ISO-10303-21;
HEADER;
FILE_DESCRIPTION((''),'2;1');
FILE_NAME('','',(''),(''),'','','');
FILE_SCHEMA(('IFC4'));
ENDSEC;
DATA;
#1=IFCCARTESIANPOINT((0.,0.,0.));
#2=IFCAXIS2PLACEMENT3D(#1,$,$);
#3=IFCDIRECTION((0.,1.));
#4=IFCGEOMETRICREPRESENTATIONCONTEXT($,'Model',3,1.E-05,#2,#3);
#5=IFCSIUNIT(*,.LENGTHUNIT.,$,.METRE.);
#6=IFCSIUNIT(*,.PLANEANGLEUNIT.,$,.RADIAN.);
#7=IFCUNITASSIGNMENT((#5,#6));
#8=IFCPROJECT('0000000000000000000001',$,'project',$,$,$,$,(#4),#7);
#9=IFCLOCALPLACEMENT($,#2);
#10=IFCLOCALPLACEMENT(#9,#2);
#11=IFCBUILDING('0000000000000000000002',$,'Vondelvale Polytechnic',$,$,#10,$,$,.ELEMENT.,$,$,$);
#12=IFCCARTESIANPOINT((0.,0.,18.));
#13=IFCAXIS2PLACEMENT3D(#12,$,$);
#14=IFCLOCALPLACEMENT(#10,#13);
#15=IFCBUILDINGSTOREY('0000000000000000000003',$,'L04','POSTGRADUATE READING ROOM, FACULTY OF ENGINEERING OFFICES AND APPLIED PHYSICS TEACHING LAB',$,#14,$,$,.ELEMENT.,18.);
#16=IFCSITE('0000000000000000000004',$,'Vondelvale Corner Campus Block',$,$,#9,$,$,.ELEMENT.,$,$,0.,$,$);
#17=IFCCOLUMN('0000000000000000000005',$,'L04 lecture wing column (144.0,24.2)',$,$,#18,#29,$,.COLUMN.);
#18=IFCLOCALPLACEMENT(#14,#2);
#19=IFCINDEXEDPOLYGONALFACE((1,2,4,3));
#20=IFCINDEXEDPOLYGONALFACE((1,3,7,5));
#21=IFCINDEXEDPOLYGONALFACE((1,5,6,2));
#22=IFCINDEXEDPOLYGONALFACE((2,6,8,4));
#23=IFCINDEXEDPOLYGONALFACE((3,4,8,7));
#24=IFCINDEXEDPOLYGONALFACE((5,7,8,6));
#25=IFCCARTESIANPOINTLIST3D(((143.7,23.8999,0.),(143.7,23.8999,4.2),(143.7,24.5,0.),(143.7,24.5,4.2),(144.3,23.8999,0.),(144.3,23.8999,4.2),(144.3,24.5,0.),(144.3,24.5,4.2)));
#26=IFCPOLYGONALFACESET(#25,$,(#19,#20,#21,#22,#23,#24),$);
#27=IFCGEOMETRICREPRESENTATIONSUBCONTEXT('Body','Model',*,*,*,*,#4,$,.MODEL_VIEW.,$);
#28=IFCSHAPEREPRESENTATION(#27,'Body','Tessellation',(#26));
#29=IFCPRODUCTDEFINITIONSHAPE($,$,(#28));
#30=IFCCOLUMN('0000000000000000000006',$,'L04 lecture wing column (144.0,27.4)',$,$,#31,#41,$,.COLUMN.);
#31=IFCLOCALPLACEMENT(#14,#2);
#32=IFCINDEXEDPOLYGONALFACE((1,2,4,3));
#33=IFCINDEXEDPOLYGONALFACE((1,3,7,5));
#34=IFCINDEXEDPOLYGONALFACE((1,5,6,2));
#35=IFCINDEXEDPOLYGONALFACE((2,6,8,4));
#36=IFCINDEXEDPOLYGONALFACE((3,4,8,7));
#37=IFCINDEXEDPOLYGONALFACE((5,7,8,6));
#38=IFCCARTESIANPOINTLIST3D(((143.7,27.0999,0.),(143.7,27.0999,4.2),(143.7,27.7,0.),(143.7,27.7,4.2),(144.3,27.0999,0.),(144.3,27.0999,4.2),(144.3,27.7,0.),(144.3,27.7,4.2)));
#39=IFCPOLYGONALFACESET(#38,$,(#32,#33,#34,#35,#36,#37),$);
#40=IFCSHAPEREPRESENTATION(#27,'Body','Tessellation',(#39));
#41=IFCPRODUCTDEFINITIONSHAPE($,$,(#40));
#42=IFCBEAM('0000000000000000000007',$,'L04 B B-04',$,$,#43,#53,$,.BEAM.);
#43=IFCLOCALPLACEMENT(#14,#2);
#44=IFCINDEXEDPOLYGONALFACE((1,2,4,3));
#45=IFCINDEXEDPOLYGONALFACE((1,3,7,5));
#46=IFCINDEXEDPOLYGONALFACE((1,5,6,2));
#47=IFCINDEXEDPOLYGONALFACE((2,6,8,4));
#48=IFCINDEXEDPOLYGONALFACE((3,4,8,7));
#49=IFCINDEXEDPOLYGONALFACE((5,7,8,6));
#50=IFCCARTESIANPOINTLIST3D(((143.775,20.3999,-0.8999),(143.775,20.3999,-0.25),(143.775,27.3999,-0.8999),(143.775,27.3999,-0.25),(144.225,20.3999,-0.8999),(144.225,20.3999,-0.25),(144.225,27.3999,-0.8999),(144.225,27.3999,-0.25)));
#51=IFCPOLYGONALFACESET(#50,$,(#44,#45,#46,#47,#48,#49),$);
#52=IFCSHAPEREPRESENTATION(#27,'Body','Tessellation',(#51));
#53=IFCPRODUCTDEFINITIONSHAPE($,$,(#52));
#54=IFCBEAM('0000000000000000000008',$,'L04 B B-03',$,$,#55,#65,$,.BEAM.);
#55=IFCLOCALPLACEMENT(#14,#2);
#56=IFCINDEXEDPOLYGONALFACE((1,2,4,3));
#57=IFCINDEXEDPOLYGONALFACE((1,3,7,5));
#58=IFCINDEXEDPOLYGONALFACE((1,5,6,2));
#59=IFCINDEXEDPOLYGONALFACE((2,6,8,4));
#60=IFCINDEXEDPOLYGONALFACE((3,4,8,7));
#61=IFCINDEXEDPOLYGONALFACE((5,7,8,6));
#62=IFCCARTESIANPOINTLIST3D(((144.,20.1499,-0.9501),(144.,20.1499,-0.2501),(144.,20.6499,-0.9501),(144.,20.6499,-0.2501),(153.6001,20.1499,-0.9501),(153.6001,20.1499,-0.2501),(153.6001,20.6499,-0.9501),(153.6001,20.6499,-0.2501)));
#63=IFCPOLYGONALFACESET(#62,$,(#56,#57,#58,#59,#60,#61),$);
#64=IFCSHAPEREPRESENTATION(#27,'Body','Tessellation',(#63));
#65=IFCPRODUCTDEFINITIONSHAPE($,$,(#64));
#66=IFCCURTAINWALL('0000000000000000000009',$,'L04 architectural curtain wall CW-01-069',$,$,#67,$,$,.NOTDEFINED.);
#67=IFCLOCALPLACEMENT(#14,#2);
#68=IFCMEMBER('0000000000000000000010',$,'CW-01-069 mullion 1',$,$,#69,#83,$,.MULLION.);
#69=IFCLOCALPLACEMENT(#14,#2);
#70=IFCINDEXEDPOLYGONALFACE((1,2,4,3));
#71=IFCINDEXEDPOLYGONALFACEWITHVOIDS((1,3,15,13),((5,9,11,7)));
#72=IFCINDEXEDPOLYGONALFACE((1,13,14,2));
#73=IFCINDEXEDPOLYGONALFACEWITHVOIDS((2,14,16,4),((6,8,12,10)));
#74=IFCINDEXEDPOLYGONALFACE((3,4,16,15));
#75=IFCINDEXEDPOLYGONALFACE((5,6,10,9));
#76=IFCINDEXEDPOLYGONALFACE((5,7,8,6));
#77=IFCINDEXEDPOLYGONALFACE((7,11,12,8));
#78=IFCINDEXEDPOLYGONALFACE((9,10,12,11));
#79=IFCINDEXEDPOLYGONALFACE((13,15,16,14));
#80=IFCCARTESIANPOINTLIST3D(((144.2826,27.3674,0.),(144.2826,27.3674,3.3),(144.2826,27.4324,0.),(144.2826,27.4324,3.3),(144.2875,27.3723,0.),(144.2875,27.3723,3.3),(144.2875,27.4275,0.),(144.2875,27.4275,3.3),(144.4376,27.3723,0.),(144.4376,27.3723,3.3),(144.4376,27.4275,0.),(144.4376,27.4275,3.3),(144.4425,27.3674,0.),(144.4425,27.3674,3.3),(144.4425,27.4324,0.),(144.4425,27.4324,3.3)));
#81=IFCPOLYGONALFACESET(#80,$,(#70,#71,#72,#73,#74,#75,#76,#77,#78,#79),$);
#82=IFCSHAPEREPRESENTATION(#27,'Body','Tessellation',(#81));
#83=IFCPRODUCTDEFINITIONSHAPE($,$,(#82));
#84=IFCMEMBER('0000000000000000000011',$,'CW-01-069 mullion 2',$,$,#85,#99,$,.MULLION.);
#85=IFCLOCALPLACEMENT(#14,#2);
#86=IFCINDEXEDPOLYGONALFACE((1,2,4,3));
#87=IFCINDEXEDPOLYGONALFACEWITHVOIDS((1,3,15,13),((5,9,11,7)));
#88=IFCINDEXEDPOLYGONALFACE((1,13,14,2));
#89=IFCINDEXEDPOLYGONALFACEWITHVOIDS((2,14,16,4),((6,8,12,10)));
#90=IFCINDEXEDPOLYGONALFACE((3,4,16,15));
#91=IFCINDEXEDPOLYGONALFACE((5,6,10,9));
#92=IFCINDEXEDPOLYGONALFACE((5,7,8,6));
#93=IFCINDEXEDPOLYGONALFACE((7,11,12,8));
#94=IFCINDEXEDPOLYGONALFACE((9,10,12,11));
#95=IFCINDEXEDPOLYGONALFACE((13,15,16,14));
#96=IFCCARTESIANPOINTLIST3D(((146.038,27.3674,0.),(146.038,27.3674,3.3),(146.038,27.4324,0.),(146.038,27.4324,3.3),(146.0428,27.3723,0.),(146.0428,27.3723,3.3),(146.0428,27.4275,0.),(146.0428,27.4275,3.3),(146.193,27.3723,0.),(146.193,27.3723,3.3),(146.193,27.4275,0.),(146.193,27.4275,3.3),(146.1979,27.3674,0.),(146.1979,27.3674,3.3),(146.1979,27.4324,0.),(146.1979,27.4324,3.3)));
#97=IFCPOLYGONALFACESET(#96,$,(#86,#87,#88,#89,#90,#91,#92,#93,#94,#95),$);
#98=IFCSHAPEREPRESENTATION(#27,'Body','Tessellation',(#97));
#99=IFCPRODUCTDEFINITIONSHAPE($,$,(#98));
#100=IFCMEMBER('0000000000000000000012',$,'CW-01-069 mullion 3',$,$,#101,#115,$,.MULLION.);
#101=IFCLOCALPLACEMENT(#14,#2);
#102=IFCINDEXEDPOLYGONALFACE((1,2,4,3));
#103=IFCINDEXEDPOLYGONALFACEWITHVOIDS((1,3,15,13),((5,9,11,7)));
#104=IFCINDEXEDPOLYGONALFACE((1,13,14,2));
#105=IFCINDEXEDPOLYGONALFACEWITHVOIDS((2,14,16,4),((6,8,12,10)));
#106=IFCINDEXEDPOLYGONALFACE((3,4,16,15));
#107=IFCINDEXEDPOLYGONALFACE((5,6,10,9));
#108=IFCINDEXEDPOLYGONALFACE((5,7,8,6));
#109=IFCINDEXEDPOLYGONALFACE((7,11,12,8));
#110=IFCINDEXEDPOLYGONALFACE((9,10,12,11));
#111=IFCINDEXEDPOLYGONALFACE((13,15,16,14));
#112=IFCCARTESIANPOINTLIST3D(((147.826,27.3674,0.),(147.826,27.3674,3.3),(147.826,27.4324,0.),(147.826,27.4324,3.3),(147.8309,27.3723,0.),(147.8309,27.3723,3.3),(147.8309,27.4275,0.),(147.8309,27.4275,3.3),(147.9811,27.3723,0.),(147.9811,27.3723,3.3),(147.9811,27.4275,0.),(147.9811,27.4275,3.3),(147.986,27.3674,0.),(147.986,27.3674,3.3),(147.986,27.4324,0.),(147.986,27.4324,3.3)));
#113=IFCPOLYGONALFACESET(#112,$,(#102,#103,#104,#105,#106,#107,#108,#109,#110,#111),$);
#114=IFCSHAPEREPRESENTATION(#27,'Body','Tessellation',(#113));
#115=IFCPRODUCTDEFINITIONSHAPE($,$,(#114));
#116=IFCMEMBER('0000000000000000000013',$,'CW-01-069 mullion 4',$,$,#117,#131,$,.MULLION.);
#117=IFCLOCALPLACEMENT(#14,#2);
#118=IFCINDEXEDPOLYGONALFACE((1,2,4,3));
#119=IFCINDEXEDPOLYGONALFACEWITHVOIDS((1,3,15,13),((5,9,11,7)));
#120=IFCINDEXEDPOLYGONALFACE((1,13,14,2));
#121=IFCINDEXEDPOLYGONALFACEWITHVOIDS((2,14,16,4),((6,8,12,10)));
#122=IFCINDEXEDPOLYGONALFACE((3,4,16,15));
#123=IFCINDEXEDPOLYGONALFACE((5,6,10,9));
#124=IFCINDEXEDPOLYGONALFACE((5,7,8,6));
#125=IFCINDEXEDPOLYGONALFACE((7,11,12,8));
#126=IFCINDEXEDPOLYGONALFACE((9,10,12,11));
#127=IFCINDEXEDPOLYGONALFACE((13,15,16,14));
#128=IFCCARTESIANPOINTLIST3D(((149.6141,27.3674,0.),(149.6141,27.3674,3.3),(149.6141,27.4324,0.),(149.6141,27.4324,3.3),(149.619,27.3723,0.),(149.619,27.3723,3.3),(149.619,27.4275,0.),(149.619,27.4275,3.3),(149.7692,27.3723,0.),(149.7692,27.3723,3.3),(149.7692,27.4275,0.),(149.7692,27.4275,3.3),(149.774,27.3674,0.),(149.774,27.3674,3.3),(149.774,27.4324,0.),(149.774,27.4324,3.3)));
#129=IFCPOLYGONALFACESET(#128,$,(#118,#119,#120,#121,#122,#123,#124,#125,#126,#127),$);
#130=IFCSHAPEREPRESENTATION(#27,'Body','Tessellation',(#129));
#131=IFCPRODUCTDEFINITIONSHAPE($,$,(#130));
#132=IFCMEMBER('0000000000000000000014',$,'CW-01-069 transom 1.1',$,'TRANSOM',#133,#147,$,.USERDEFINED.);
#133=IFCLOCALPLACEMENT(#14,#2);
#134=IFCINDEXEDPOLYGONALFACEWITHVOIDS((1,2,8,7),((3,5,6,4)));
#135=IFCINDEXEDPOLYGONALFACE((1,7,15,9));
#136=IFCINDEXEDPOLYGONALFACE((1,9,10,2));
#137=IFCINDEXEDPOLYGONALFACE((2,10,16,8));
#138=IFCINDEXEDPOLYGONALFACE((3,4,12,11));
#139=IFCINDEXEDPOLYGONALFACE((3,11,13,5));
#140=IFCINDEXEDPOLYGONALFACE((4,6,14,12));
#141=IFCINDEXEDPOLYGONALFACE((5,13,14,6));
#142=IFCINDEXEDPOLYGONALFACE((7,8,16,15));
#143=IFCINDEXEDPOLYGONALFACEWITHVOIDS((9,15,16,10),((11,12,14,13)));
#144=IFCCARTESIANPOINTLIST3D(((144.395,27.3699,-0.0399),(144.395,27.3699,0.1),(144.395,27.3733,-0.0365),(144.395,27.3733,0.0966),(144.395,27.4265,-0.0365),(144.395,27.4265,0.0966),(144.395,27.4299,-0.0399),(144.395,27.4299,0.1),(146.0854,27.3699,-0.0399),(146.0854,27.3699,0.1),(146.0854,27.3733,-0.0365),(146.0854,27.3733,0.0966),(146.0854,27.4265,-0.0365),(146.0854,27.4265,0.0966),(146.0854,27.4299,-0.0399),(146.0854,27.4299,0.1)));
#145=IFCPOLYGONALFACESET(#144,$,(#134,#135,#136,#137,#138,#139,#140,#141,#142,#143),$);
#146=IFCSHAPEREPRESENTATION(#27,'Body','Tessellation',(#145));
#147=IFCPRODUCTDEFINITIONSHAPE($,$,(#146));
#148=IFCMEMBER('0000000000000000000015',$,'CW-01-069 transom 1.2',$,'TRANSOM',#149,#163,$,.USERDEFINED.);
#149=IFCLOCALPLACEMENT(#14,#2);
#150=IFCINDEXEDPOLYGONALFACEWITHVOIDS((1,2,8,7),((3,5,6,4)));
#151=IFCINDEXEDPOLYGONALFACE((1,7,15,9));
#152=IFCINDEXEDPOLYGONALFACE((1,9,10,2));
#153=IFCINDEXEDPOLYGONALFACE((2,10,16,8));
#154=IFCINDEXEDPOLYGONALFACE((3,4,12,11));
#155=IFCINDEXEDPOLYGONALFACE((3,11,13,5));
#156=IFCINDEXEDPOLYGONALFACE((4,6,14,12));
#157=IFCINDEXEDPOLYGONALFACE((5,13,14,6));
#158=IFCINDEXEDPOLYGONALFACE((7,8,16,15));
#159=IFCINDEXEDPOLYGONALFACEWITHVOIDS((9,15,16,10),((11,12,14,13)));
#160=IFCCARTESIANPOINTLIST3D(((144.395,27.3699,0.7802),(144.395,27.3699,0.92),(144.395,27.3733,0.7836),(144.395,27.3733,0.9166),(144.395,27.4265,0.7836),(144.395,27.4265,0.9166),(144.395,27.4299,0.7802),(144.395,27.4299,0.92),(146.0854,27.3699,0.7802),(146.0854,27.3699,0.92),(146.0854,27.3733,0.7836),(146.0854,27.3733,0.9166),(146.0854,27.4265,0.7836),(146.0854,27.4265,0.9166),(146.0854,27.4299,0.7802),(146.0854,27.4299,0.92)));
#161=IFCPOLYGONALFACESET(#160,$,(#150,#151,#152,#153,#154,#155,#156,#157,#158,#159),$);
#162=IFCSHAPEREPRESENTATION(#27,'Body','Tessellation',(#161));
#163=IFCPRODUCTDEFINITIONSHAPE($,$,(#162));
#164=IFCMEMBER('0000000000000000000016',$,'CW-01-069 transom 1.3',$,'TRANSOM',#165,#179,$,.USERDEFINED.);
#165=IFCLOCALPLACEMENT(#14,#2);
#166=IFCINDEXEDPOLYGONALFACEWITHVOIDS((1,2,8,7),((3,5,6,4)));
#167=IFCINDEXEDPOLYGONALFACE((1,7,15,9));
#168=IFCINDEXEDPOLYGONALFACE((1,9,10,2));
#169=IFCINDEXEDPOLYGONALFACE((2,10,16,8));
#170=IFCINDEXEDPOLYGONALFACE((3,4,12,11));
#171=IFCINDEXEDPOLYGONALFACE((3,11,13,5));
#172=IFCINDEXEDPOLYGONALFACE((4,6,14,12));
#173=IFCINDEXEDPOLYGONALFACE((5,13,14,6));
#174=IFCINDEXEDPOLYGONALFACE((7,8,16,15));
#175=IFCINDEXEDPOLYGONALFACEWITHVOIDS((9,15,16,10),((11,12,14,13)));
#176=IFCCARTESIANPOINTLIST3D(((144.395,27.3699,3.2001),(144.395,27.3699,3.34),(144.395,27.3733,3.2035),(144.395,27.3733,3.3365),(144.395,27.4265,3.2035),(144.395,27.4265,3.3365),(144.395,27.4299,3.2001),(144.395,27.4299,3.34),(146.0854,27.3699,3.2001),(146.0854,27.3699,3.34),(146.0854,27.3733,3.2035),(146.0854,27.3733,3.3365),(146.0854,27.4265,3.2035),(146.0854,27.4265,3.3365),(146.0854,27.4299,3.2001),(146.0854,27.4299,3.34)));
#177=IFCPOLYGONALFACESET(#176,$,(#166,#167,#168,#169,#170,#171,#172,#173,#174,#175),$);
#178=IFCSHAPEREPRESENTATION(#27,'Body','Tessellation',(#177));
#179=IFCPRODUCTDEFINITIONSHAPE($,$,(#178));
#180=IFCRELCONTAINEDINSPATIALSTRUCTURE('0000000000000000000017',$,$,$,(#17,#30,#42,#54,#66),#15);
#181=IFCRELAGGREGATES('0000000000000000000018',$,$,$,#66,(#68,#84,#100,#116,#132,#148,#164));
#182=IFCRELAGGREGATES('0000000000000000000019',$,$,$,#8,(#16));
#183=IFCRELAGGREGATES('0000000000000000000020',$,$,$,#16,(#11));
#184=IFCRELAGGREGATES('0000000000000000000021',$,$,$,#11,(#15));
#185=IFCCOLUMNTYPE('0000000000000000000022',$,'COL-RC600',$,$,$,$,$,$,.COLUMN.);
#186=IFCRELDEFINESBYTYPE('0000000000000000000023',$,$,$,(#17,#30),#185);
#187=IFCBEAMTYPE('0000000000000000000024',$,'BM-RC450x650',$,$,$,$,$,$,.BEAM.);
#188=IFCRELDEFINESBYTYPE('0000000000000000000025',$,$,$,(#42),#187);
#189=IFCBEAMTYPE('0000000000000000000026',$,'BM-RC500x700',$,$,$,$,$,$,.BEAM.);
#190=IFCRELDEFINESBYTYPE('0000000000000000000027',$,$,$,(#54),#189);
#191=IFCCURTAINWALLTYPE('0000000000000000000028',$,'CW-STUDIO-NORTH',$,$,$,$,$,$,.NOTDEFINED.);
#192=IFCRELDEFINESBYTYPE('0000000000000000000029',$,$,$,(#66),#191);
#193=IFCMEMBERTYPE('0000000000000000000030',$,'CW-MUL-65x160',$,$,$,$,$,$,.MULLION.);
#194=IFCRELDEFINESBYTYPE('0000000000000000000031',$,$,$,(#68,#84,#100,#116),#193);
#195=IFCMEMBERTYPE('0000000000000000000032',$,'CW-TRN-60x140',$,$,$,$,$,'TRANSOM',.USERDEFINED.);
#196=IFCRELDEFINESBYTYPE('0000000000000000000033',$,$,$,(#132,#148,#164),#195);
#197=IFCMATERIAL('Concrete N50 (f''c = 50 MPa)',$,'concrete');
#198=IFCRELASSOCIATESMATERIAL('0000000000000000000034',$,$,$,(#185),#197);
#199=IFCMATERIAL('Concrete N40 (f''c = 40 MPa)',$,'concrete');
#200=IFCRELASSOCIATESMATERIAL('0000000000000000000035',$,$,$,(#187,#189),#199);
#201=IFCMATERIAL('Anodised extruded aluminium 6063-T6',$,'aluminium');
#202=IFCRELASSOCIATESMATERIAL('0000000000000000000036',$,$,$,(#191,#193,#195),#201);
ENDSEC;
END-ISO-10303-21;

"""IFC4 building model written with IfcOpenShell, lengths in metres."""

from ifc_helpers import new_model, si_unit, direction, frame, origin, origin_2d, place, context, subcontext, project, spatial, rectangle, hollow_rectangle, extrude, material, material_profile, profile_set, type_object, element, aggregate, save


model = new_model("IFC4")

# Units and contexts
model_context = context("Model", 3, precision=1e-05, world=origin(), true_north=direction((0.0, 1.0)))
body_context = subcontext(model_context, "Body", "Model", "MODEL_VIEW")
ifc_project = project(units=[si_unit("LENGTHUNIT", "METRE"), si_unit("PLANEANGLEUNIT", "RADIAN")], contexts=[model_context])

# Site, building, storey
site_placement = place(None, origin())
site = spatial("IfcSite", under=ifc_project, at=site_placement, Name="Vondelvale Corner Campus Block", CompositionType="ELEMENT", RefElevation=0.0)
building_placement = place(site_placement, origin())
building = spatial("IfcBuilding", under=site, at=building_placement, Name="Vondelvale Polytechnic", CompositionType="ELEMENT")
storey_placement = place(building_placement, frame((0.0, 0.0, 18.0)))
storey = spatial("IfcBuildingStorey", under=building, at=storey_placement, Name="L04", Description="POSTGRADUATE READING ROOM, FACULTY OF ENGINEERING OFFICES AND APPLIED PHYSICS TEACHING LAB", CompositionType="ELEMENT", Elevation=18.0)

# Columns
ifc_material_1 = material(Name="Concrete N50 (f'c = 50 MPa)", Category="concrete")
ifc_material_profile_1 = material_profile(ifc_material_1, rectangle(XDim=0.6001, YDim=0.6001, at=origin_2d()), Name="RC-COL-600x600")
ifc_profile_set_1 = profile_set([ifc_material_profile_1], Name="Concrete N50 (f'c = 50 MPa)")
column_type = type_object("IfcColumnType", Name="COL-RC600", PredefinedType="COLUMN", material=ifc_profile_set_1)
for number, where, z_axis, x_axis, name in (
    (1, (144.0, 24.2, 0.0), (0.0, 0.0, 1.0), (1.0, 0.0, 0.0), "L04 lecture wing column (144.0,24.2)"),
    (2, (144.0, 27.3999, 0.0), (0.0, 0.0, 1.0), (1.0, 0.0, 0.0), "L04 lecture wing column (144.0,27.4)"),
):
    element("IfcColumn", number, at=place(storey_placement, frame(where, z_axis=z_axis, x_axis=x_axis)), inside=storey, type_object=column_type, Name=name, PredefinedType="COLUMN", context=body_context, shape_type="SweptSolid", body=[
        extrude(rectangle(XDim=0.6001, YDim=0.6001, at=origin_2d()), origin(), (0.0, 0.0, 1.0), 4.2),
    ])

# Beams
ifc_material_2 = material(Name="Concrete N40 (f'c = 40 MPa)", Category="concrete")
ifc_material_profile_2 = material_profile(ifc_material_2, rectangle(XDim=0.45, YDim=0.6499, at=origin_2d()), Name="RC-BM-450x650")
ifc_profile_set_2 = profile_set([ifc_material_profile_2], Name="Concrete N40 (f'c = 40 MPa)")
beam_type_1 = type_object("IfcBeamType", Name="BM-RC450x650", PredefinedType="BEAM", material=ifc_profile_set_2)
beam_1_placement = place(storey_placement, frame((144.0, 20.3999, -0.575), z_axis=(0.0, 1.0, 0.0), x_axis=(-1.0, 0.0, 0.0)))
element("IfcBeam", 3, at=beam_1_placement, inside=storey, type_object=beam_type_1, Name="L04 B B-04", PredefinedType="BEAM", context=body_context, shape_type="SweptSolid", body=[
    extrude(rectangle(XDim=0.45, YDim=0.6499, at=origin_2d()), origin(), (0.0, 0.0, 1.0), 7.0),
])
ifc_material_profile_3 = material_profile(ifc_material_2, rectangle(XDim=0.5, YDim=0.7, at=origin_2d()), Name="RC-BM-500x700")
ifc_profile_set_3 = profile_set([ifc_material_profile_3], Name="Concrete N40 (f'c = 40 MPa)")
beam_type_2 = type_object("IfcBeamType", Name="BM-RC500x700", PredefinedType="BEAM", material=ifc_profile_set_3)
beam_2_placement = place(storey_placement, frame((144.0, 20.3999, -0.6001), z_axis=(1.0, 0.0, 0.0), x_axis=(0.0, 1.0, 0.0)))
element("IfcBeam", 4, at=beam_2_placement, inside=storey, type_object=beam_type_2, Name="L04 B B-03", PredefinedType="BEAM", context=body_context, shape_type="SweptSolid", body=[
    extrude(rectangle(XDim=0.5, YDim=0.7, at=origin_2d()), origin(), (0.0, 0.0, 1.0), 9.6001),
])

# Curtain wall, members
ifc_material_3 = material(Name="Anodised extruded aluminium 6063-T6", Category="aluminium")
curtain_wall_type = type_object("IfcCurtainWallType", Name="CW-STUDIO-NORTH", PredefinedType="NOTDEFINED", material=ifc_material_3)
curtain_wall_placement = place(storey_placement, origin())
curtain_wall = element("IfcCurtainWall", 5, at=curtain_wall_placement, inside=storey, type_object=curtain_wall_type, Name="L04 architectural curtain wall CW-01-069", PredefinedType="NOTDEFINED")
ifc_material_profile_4 = material_profile(ifc_material_3, hollow_rectangle(XDim=0.0649, YDim=0.1599, WallThickness=0.0049, at=origin_2d()), Name="CW-MUL-160x65")
ifc_profile_set_4 = profile_set([ifc_material_profile_4], Name="Anodised extruded aluminium 6063-T6")
member_type_1 = type_object("IfcMemberType", Name="CW-MUL-65x160", PredefinedType="MULLION", material=ifc_profile_set_4)
member_1_placement = place(storey_placement, frame((144.3625, 27.3999, 0.0), z_axis=(0.0, 0.0, 1.0), x_axis=(0.0, 1.0, 0.0)))
member_1 = element("IfcMember", 6, at=member_1_placement, type_object=member_type_1, Name="CW-01-069 mullion 1", PredefinedType="MULLION", context=body_context, shape_type="SweptSolid", body=[
    extrude(hollow_rectangle(XDim=0.0649, YDim=0.1599, WallThickness=0.0049, at=origin_2d()), origin(), (0.0, 0.0, 1.0), 3.3),
])
member_2_placement = place(storey_placement, frame((146.1179, 27.3999, 0.0), z_axis=(0.0, 0.0, 1.0), x_axis=(0.0, 1.0, 0.0)))
member_2 = element("IfcMember", 7, at=member_2_placement, type_object=member_type_1, Name="CW-01-069 mullion 2", PredefinedType="MULLION", context=body_context, shape_type="SweptSolid", body=[
    extrude(hollow_rectangle(XDim=0.0649, YDim=0.1599, WallThickness=0.0049, at=origin_2d()), origin(), (0.0, 0.0, 1.0), 3.3),
])
member_3_placement = place(storey_placement, frame((147.906, 27.3999, 0.0), z_axis=(0.0, 0.0, 1.0), x_axis=(0.0, 1.0, 0.0)))
member_3 = element("IfcMember", 8, at=member_3_placement, type_object=member_type_1, Name="CW-01-069 mullion 3", PredefinedType="MULLION", context=body_context, shape_type="SweptSolid", body=[
    extrude(hollow_rectangle(XDim=0.0649, YDim=0.1599, WallThickness=0.0049, at=origin_2d()), origin(), (0.0, 0.0, 1.0), 3.3),
])
member_4_placement = place(storey_placement, frame((149.6941, 27.3999, 0.0), z_axis=(0.0, 0.0, 1.0), x_axis=(0.0, 1.0, 0.0)))
member_4 = element("IfcMember", 9, at=member_4_placement, type_object=member_type_1, Name="CW-01-069 mullion 4", PredefinedType="MULLION", context=body_context, shape_type="SweptSolid", body=[
    extrude(hollow_rectangle(XDim=0.0649, YDim=0.1599, WallThickness=0.0049, at=origin_2d()), origin(), (0.0, 0.0, 1.0), 3.3),
])
ifc_material_profile_5 = material_profile(ifc_material_3, hollow_rectangle(XDim=0.0601, YDim=0.1399, WallThickness=0.0034, at=origin_2d()), Name="CW-TRN-140x60")
ifc_profile_set_5 = profile_set([ifc_material_profile_5], Name="Anodised extruded aluminium 6063-T6")
member_type_2 = type_object("IfcMemberType", Name="CW-TRN-60x140", ElementType="TRANSOM", PredefinedType="USERDEFINED", material=ifc_profile_set_5)
member_5_placement = place(storey_placement, frame((144.395, 27.3999, 0.03), z_axis=(1.0, 0.0, 0.0), x_axis=(0.0, 1.0, 0.0)))
member_5 = element("IfcMember", 10, at=member_5_placement, type_object=member_type_2, Name="CW-01-069 transom 1.1", ObjectType="TRANSOM", PredefinedType="USERDEFINED", context=body_context, shape_type="SweptSolid", body=[
    extrude(hollow_rectangle(XDim=0.0601, YDim=0.1399, WallThickness=0.0034, at=origin_2d()), origin(), (0.0, 0.0, 1.0), 1.6904),
])
member_6_placement = place(storey_placement, frame((144.395, 27.3999, 0.8501), z_axis=(1.0, 0.0, 0.0), x_axis=(0.0, 1.0, 0.0)))
member_6 = element("IfcMember", 11, at=member_6_placement, type_object=member_type_2, Name="CW-01-069 transom 1.2", ObjectType="TRANSOM", PredefinedType="USERDEFINED", context=body_context, shape_type="SweptSolid", body=[
    extrude(hollow_rectangle(XDim=0.0601, YDim=0.1399, WallThickness=0.0034, at=origin_2d()), origin(), (0.0, 0.0, 1.0), 1.6904),
])
member_7_placement = place(storey_placement, frame((144.395, 27.3999, 3.27), z_axis=(1.0, 0.0, 0.0), x_axis=(0.0, 1.0, 0.0)))
member_7 = element("IfcMember", 12, at=member_7_placement, type_object=member_type_2, Name="CW-01-069 transom 1.3", ObjectType="TRANSOM", PredefinedType="USERDEFINED", context=body_context, shape_type="SweptSolid", body=[
    extrude(hollow_rectangle(XDim=0.0601, YDim=0.1399, WallThickness=0.0034, at=origin_2d()), origin(), (0.0, 0.0, 1.0), 1.6904),
])

aggregate(curtain_wall, [member_1, member_2, member_3, member_4, member_5, member_6, member_7])

save(model, "model.ifc")
